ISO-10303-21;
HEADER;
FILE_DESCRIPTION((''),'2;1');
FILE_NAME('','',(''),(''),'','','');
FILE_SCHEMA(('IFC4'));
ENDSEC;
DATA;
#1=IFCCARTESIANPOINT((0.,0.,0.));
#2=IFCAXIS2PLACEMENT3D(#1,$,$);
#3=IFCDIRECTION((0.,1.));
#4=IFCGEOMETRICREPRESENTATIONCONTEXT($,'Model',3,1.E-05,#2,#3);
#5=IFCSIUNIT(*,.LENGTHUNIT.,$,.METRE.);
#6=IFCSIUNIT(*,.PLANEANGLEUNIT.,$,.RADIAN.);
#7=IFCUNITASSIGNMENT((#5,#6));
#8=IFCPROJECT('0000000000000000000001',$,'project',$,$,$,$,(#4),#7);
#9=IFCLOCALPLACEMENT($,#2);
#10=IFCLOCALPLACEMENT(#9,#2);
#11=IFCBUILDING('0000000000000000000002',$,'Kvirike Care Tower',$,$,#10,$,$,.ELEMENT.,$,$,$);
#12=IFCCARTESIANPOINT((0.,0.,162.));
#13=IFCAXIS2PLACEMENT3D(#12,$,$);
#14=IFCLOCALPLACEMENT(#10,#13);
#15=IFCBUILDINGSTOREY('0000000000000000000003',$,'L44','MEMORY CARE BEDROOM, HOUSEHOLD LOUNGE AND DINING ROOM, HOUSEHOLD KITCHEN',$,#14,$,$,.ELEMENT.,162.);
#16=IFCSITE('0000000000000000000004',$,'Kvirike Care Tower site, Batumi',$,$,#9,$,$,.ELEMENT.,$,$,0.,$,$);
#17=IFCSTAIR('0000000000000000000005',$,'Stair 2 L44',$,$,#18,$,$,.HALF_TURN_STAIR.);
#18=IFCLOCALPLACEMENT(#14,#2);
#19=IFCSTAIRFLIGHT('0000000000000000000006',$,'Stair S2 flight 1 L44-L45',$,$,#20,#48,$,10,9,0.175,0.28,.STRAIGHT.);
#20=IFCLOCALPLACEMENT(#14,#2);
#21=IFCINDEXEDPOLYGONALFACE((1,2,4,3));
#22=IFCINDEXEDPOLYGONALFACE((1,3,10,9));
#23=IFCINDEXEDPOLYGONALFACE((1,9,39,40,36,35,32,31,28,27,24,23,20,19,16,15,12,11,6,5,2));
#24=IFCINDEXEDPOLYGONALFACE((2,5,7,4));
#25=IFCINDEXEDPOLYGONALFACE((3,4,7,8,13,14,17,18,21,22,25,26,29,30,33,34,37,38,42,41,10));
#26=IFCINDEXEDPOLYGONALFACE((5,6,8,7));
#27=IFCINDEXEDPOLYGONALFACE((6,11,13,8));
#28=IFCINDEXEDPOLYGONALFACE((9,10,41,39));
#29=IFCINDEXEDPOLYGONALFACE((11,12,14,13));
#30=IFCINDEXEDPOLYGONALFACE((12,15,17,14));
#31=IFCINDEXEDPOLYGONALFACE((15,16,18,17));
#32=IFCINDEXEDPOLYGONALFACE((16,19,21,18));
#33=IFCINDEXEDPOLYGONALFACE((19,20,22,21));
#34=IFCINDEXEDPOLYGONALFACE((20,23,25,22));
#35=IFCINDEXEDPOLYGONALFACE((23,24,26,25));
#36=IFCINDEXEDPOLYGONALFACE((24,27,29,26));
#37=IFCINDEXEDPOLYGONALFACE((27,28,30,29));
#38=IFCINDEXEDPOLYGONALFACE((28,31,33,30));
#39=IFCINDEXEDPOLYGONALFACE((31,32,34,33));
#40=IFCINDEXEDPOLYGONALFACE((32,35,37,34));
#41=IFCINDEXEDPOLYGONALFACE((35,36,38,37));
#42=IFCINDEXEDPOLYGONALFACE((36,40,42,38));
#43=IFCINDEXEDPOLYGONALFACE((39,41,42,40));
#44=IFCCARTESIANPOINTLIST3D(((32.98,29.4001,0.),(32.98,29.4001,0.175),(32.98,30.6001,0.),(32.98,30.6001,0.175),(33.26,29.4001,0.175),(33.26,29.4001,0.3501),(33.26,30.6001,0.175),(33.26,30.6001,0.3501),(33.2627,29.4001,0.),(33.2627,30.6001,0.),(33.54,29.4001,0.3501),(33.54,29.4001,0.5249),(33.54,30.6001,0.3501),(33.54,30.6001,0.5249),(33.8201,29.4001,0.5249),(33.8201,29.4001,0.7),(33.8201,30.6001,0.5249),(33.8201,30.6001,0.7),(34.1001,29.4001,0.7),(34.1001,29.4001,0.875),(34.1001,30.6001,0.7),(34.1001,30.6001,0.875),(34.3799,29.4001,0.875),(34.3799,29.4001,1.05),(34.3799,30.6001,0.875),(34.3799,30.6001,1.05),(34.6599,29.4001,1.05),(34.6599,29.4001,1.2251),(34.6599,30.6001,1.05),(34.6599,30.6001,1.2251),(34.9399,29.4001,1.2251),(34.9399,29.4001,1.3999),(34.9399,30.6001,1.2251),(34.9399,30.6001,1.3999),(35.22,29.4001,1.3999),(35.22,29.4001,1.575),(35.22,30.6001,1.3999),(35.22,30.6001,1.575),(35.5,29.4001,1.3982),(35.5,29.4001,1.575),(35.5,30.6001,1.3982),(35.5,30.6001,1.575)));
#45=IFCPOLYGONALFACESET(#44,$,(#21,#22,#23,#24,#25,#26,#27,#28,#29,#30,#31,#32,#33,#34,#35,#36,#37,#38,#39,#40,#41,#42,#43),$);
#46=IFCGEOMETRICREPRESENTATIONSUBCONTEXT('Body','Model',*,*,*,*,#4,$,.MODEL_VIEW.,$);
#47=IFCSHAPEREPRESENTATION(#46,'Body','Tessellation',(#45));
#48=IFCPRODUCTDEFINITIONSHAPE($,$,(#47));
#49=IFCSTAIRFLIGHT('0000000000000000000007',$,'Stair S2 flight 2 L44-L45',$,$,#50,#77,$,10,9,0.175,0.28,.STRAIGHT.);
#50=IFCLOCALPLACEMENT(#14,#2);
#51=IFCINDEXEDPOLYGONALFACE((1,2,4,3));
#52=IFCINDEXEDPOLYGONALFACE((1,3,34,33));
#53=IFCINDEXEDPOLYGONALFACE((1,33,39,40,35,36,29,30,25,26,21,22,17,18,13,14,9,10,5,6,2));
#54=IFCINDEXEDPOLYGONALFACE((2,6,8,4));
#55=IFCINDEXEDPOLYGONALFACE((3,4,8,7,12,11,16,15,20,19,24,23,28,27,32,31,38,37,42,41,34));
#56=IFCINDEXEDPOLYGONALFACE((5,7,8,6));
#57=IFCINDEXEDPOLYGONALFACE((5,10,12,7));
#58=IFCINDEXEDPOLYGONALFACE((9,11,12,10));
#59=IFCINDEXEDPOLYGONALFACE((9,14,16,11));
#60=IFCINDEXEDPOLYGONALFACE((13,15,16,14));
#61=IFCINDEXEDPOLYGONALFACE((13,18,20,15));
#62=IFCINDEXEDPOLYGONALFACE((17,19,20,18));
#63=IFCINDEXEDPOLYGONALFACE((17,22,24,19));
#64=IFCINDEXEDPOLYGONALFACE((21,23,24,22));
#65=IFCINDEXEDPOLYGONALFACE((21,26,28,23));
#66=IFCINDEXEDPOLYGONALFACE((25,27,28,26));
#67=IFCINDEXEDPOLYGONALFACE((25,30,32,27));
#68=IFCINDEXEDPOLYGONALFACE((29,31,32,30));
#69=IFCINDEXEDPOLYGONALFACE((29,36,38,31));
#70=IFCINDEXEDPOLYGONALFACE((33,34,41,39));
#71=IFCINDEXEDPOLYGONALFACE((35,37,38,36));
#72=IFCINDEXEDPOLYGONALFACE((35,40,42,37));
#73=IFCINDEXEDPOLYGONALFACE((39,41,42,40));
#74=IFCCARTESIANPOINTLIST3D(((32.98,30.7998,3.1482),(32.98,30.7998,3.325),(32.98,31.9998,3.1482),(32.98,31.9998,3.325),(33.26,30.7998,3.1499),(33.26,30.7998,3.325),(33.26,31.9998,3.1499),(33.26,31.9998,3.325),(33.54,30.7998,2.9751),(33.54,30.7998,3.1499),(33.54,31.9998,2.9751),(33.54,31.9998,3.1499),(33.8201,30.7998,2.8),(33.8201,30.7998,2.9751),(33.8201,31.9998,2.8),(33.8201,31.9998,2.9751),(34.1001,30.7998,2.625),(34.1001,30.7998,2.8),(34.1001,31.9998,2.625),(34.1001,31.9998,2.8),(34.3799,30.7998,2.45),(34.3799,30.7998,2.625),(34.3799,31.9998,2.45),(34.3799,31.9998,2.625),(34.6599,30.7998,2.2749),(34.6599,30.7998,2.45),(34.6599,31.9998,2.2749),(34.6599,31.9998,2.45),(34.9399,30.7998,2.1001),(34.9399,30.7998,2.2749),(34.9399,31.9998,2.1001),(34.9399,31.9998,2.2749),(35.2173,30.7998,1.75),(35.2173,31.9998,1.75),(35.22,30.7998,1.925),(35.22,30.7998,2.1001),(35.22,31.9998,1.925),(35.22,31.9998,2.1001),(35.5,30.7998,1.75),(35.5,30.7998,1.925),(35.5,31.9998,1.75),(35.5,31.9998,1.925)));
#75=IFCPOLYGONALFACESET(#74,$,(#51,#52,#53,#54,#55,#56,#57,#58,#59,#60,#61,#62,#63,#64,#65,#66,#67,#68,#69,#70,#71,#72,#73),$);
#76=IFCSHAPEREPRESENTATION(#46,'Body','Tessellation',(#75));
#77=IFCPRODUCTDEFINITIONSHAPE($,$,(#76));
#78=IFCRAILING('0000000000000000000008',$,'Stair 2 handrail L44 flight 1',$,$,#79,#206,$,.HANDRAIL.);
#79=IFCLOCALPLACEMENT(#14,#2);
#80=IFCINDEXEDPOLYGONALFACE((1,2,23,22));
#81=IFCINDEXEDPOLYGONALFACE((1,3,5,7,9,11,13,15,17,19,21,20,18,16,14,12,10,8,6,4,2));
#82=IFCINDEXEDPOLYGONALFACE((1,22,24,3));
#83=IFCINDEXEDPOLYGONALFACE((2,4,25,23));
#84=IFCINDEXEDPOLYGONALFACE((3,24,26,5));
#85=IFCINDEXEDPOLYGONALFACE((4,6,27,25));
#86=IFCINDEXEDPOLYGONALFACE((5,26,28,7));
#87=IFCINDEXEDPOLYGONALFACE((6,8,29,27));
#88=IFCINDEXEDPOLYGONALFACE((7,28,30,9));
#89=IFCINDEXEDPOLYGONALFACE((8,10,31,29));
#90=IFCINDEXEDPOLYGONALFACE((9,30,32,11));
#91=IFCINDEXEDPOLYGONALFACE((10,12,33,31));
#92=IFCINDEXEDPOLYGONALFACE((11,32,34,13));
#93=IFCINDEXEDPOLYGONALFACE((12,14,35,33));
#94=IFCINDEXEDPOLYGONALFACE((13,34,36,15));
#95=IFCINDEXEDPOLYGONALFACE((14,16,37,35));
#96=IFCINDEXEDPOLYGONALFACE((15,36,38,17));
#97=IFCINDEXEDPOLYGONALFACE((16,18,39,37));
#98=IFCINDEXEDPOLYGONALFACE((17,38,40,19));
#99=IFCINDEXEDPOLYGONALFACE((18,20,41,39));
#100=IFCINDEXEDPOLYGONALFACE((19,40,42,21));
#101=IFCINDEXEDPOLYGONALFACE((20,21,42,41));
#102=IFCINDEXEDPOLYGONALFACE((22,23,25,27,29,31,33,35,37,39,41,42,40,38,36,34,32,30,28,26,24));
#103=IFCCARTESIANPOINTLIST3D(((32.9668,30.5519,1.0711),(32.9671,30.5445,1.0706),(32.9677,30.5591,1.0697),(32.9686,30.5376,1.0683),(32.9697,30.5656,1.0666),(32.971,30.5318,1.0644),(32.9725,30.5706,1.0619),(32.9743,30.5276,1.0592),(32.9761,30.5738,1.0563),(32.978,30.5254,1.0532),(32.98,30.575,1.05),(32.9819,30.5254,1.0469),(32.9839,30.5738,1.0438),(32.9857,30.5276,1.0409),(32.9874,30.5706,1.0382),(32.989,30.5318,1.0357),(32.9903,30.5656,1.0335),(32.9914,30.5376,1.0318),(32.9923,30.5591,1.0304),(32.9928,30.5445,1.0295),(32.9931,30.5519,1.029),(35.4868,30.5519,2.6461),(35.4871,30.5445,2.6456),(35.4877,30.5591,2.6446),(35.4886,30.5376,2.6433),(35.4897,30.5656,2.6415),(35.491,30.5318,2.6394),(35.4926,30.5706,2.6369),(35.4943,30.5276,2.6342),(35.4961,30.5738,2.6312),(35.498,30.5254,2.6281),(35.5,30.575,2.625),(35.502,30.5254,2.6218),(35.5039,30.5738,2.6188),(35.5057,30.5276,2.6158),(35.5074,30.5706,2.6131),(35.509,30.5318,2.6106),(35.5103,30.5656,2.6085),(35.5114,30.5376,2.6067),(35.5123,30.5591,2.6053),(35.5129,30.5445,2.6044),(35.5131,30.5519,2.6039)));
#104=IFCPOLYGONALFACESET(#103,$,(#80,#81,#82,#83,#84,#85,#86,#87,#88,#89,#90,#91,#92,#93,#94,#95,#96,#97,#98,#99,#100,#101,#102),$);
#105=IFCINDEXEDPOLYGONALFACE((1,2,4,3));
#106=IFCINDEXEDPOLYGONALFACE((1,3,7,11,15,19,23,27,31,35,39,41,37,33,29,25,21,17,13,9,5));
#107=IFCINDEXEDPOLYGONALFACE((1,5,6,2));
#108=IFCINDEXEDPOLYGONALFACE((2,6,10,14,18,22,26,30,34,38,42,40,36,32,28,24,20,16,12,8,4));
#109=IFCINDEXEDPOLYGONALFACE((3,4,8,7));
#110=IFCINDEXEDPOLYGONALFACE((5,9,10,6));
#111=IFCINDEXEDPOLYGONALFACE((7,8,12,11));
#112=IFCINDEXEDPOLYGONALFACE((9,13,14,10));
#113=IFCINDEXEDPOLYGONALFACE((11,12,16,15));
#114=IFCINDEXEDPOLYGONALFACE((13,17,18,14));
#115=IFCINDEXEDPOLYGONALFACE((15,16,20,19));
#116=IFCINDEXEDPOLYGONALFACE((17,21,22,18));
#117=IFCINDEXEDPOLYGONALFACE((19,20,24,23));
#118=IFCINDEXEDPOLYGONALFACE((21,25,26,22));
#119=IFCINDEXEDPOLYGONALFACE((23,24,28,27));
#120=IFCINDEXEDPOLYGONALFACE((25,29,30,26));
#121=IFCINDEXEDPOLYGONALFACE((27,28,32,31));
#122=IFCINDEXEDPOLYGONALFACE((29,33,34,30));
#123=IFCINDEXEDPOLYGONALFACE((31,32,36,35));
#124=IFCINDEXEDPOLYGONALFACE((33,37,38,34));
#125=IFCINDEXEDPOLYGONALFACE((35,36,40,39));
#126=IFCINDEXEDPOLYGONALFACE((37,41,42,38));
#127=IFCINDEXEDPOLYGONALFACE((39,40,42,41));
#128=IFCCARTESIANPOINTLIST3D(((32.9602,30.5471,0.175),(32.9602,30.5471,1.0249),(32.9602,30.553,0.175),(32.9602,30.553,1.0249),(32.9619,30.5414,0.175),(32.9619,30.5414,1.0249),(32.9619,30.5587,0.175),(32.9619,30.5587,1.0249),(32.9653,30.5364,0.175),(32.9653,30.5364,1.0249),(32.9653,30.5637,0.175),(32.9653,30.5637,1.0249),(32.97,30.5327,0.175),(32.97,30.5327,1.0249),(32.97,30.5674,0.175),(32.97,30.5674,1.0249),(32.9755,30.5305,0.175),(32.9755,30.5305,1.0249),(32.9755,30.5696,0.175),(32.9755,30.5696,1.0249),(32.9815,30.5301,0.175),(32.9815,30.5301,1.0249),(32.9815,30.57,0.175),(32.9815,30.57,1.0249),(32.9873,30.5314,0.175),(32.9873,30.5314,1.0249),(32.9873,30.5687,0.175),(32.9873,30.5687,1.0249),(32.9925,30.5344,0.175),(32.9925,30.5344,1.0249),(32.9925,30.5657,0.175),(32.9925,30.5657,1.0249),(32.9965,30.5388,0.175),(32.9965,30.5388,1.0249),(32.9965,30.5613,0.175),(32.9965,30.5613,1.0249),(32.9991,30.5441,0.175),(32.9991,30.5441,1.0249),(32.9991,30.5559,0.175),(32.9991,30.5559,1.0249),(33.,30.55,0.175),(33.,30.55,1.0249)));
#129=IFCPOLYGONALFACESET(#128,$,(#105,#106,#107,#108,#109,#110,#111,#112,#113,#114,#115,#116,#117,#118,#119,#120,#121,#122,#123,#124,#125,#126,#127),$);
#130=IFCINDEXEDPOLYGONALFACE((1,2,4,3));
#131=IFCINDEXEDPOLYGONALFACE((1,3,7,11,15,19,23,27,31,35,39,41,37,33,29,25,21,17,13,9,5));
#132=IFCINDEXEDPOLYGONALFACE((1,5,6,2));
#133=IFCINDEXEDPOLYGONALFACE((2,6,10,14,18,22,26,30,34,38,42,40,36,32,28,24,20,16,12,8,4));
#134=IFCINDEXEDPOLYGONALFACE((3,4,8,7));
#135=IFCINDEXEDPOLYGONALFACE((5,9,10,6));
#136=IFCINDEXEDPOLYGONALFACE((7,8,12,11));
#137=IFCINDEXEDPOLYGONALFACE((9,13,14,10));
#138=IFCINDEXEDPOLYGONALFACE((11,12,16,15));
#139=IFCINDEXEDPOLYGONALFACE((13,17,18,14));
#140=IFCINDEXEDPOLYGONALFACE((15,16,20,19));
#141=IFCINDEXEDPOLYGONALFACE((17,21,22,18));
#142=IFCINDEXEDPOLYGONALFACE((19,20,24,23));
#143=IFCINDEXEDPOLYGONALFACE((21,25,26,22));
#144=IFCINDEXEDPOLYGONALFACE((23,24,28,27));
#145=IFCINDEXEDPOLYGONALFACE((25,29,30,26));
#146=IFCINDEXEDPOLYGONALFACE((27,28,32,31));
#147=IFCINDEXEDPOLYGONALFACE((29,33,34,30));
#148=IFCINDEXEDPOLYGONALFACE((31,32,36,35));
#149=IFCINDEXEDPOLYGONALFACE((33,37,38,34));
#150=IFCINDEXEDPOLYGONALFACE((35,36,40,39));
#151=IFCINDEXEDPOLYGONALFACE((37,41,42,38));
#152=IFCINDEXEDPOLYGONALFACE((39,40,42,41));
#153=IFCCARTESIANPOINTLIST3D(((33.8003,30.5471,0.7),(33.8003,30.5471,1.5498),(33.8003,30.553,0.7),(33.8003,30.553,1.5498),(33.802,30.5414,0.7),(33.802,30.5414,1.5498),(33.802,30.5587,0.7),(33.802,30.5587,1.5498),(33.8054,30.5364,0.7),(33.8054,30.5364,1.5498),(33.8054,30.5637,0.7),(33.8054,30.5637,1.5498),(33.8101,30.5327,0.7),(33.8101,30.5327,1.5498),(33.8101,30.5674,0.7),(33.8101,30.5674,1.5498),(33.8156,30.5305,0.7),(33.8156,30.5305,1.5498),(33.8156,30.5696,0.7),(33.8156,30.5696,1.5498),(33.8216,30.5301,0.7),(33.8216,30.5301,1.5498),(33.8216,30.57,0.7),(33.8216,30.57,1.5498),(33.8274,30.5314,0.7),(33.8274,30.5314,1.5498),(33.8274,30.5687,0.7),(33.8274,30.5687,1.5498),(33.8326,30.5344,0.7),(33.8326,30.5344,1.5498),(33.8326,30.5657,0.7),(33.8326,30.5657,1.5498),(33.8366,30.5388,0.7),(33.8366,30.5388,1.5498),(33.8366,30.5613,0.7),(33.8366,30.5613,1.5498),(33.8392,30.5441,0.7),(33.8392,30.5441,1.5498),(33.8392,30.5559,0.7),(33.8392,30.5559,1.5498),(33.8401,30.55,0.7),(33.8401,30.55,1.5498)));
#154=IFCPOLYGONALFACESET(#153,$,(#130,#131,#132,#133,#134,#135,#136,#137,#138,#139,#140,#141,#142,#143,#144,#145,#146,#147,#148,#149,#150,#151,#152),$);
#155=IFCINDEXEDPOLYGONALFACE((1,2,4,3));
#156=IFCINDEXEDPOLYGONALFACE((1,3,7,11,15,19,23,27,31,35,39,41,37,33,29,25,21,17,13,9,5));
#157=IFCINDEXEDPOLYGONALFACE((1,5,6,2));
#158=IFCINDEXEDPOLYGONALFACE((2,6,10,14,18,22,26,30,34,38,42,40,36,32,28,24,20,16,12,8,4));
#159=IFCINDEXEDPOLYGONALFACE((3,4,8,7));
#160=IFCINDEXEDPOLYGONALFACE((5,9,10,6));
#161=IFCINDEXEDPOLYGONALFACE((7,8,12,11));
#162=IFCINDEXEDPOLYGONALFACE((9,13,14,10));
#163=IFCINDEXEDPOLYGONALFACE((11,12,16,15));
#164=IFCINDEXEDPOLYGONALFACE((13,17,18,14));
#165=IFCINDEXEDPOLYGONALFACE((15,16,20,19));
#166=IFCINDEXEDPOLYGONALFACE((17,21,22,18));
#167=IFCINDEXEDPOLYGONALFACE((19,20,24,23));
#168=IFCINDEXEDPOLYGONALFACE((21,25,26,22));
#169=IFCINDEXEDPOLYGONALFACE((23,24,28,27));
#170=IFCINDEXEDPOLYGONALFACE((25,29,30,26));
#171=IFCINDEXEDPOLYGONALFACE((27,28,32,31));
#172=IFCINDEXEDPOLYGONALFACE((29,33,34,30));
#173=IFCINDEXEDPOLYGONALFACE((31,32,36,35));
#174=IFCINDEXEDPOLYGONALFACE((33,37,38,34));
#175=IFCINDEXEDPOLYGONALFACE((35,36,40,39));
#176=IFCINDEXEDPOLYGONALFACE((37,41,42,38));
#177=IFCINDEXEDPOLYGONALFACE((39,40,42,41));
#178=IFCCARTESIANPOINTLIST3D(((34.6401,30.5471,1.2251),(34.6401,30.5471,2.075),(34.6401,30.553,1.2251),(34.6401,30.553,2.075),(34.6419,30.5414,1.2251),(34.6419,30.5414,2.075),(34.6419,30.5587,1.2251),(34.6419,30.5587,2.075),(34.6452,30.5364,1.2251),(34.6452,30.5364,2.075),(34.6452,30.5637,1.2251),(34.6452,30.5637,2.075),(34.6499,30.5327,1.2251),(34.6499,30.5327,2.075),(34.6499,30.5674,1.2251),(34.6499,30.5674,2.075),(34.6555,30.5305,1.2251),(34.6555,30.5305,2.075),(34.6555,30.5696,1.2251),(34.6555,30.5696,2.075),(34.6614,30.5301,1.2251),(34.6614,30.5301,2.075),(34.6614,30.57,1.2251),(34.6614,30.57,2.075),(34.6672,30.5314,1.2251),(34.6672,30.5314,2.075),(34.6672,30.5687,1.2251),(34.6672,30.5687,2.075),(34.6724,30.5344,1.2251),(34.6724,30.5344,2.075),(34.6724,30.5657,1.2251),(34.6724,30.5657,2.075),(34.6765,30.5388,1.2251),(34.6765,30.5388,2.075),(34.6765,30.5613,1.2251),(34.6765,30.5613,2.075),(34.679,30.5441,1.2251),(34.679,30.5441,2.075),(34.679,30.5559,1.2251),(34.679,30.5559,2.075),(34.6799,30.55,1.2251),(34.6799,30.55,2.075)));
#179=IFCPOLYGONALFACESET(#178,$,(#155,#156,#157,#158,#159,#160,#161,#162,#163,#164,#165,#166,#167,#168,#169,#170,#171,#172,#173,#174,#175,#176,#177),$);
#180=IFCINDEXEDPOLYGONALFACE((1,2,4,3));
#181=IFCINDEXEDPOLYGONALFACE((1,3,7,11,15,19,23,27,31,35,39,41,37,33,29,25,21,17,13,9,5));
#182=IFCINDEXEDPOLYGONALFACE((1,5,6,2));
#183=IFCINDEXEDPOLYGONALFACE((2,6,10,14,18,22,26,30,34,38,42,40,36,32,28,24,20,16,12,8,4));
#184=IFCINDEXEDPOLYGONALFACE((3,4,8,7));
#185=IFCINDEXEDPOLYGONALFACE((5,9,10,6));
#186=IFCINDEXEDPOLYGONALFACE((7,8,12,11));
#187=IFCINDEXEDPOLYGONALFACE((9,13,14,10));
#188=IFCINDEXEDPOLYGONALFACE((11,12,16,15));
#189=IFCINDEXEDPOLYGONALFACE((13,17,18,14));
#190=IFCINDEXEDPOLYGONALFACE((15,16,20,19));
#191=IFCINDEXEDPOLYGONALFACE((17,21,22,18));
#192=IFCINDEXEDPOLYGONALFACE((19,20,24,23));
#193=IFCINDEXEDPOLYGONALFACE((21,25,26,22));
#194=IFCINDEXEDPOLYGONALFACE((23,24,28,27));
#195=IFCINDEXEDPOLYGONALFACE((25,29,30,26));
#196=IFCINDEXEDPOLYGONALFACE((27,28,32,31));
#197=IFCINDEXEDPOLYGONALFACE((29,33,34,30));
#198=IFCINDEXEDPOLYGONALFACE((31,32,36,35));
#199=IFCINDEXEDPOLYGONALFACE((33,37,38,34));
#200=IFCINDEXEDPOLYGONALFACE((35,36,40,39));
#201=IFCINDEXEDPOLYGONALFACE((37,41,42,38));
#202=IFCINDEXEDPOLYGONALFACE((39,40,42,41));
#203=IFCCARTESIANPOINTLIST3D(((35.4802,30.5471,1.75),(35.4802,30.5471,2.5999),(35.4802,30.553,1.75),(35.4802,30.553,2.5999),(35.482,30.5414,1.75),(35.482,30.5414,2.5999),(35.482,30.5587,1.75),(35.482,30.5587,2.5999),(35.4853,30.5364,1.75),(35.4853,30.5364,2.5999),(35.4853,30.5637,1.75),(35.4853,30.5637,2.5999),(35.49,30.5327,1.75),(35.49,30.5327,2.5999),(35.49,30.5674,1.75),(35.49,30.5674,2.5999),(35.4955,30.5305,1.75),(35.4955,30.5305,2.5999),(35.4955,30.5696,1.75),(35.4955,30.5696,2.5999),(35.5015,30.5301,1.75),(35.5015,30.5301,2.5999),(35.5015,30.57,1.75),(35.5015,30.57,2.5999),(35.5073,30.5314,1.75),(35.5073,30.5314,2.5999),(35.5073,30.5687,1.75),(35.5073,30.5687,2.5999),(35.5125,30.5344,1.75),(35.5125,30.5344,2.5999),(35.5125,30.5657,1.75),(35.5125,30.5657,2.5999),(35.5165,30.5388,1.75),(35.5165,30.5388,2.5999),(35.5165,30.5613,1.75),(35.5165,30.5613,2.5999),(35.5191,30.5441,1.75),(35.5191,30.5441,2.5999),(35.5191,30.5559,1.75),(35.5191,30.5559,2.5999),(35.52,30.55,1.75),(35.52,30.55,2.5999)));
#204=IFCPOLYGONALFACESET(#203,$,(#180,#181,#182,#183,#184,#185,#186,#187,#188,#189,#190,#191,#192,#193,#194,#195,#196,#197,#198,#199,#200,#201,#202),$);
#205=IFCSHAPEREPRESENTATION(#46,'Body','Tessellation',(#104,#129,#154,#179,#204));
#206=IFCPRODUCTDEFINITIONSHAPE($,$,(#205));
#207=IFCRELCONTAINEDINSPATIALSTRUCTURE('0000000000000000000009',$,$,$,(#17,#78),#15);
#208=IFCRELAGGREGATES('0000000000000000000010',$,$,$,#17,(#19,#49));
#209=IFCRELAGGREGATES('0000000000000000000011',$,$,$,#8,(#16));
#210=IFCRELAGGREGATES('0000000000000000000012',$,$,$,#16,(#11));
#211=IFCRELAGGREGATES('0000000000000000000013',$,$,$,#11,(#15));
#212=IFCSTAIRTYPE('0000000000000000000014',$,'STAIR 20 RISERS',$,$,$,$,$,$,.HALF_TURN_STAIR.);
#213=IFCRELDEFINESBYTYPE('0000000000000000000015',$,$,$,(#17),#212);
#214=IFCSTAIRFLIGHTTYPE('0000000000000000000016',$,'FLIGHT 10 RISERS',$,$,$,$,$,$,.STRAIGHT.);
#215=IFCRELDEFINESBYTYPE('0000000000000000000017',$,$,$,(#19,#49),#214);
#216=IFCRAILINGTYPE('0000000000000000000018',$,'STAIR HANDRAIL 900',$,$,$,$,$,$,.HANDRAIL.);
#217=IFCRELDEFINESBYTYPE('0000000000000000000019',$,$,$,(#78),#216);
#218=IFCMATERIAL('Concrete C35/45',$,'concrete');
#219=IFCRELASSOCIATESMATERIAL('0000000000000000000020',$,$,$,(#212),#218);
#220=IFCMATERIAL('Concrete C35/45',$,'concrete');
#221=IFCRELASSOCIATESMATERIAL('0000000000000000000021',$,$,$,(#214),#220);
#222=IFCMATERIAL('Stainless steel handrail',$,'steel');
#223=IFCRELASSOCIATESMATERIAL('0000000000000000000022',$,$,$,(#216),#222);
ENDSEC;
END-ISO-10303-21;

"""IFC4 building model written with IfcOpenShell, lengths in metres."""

from ifc_helpers import new_model, si_unit, direction, frame, origin, origin_2d, place, context, subcontext, project, spatial, polyline, circle, outline, extrude, material, type_object, element, aggregate, save


model = new_model("IFC4")

# Units and contexts
model_context = context("Model", 3, precision=1e-05, world=origin(), true_north=direction((0.0, 1.0)))
body_context = subcontext(model_context, "Body", "Model", "MODEL_VIEW")
ifc_project = project(units=[si_unit("LENGTHUNIT", "METRE"), si_unit("PLANEANGLEUNIT", "RADIAN")], contexts=[model_context])

# Site, building, storey
site_placement = place(None, origin())
site = spatial("IfcSite", under=ifc_project, at=site_placement, Name="Kvirike Care Tower site, Batumi", CompositionType="ELEMENT", RefElevation=0.0)
building_placement = place(site_placement, origin())
building = spatial("IfcBuilding", under=site, at=building_placement, Name="Kvirike Care Tower", CompositionType="ELEMENT")
storey_placement = place(building_placement, frame((0.0, 0.0, 162.0)))
storey = spatial("IfcBuildingStorey", under=building, at=storey_placement, Name="L44", Description="MEMORY CARE BEDROOM, HOUSEHOLD LOUNGE AND DINING ROOM, HOUSEHOLD KITCHEN", CompositionType="ELEMENT", Elevation=162.0)

# Stair, stair flights
ifc_material_1 = material(Name="Concrete C35/45", Category="concrete")
stair_type = type_object("IfcStairType", Name="STAIR 20 RISERS", PredefinedType="HALF_TURN_STAIR", material=ifc_material_1)
stair_placement = place(storey_placement, origin())
stair = element("IfcStair", 1, at=stair_placement, inside=storey, type_object=stair_type, Name="Stair 2 L44", PredefinedType="HALF_TURN_STAIR")
ifc_material_2 = material(Name="Concrete C35/45", Category="concrete")
stair_flight_type = type_object("IfcStairFlightType", Name="FLIGHT 10 RISERS", PredefinedType="STRAIGHT", material=ifc_material_2)
stair_flight_1_placement = place(storey_placement, frame((32.98, 30.0, 0.0), z_axis=(0.0, 0.0, 1.0), x_axis=(1.0, 0.0, 0.0)))
stair_flight_1 = element("IfcStairFlight", 2, at=stair_flight_1_placement, type_object=stair_flight_type, Name="Stair S2 flight 1 L44-L45", NumberOfRisers=10, NumberOfTreads=9, PredefinedType="STRAIGHT", RiserHeight=0.175, TreadLength=0.28, context=body_context, shape_type="SweptSolid", body=[
    extrude(outline(polyline([(0.0, 0.0), (0.0, 0.175), (0.28, 0.175), (0.28, 0.3501), (0.5601, 0.3501), (0.5601, 0.5249), (0.8401, 0.5249), (0.8401, 0.7), (1.1201, 0.7), (1.1201, 0.875), (1.3999, 0.875), (1.3999, 1.05), (1.6799, 1.05), (1.6799, 1.2251), (1.96, 1.2251), (1.96, 1.3999), (2.24, 1.3999), (2.24, 1.575), (2.52, 1.575), (2.52, 1.75), (2.52, 1.3982), (0.2827, 0.0), (0.0, 0.0)])), frame((0.0, 0.6001, 0.0), z_axis=(0.0, -1.0, 0.0), x_axis=(1.0, 0.0, 0.0)), (0.0, 0.0, 1.0), 1.2),
])
stair_flight_2_placement = place(storey_placement, frame((35.5, 31.3999, 1.75), z_axis=(0.0, 0.0, 1.0), x_axis=(-1.0, 0.0, 0.0)))
stair_flight_2 = element("IfcStairFlight", 3, at=stair_flight_2_placement, type_object=stair_flight_type, Name="Stair S2 flight 2 L44-L45", NumberOfRisers=10, NumberOfTreads=9, PredefinedType="STRAIGHT", RiserHeight=0.175, TreadLength=0.28, context=body_context, shape_type="SweptSolid", body=[
    extrude(outline(polyline([(0.0, 0.0), (0.0, 0.175), (0.28, 0.175), (0.28, 0.3501), (0.5601, 0.3501), (0.5601, 0.5249), (0.8401, 0.5249), (0.8401, 0.7), (1.1201, 0.7), (1.1201, 0.875), (1.3999, 0.875), (1.3999, 1.05), (1.6799, 1.05), (1.6799, 1.2251), (1.96, 1.2251), (1.96, 1.3999), (2.24, 1.3999), (2.24, 1.575), (2.52, 1.575), (2.52, 1.75), (2.52, 1.3982), (0.2827, 0.0), (0.0, 0.0)])), frame((0.0, 0.6001, 0.0), z_axis=(0.0, -1.0, 0.0), x_axis=(1.0, 0.0, 0.0)), (0.0, 0.0, 1.0), 1.2),
])
aggregate(stair, [stair_flight_1, stair_flight_2])

# Railing
ifc_material_3 = material(Name="Stainless steel handrail", Category="steel")
railing_type = type_object("IfcRailingType", Name="STAIR HANDRAIL 900", PredefinedType="HANDRAIL", material=ifc_material_3)
railing_1_placement = place(storey_placement, frame((32.98, 30.55, 0.175)))
element("IfcRailing", 4, at=railing_1_placement, inside=storey, type_object=railing_type, Name="Stair 2 handrail L44 flight 1", PredefinedType="HANDRAIL", context=body_context, shape_type="SweptSolid", body=[
    extrude(circle(Radius=0.0249, at=origin_2d()), frame((0.0, 0.0, 0.875), z_axis=(0.848008, 0.0, 0.529984), x_axis=(0.0, 1.0, 0.0)), (0.0, 0.0, 1.0), 2.9717),
    extrude(circle(Radius=0.02, at=origin_2d()), origin(), (0.0, 0.0, 1.0), 0.8499),
    extrude(circle(Radius=0.02, at=origin_2d()), frame((0.8401, 0.0, 0.5249)), (0.0, 0.0, 1.0), 0.8499),
    extrude(circle(Radius=0.02, at=origin_2d()), frame((1.6799, 0.0, 1.05)), (0.0, 0.0, 1.0), 0.8499),
    extrude(circle(Radius=0.02, at=origin_2d()), frame((2.52, 0.0, 1.575)), (0.0, 0.0, 1.0), 0.8499),
])

save(model, "model.ifc")
